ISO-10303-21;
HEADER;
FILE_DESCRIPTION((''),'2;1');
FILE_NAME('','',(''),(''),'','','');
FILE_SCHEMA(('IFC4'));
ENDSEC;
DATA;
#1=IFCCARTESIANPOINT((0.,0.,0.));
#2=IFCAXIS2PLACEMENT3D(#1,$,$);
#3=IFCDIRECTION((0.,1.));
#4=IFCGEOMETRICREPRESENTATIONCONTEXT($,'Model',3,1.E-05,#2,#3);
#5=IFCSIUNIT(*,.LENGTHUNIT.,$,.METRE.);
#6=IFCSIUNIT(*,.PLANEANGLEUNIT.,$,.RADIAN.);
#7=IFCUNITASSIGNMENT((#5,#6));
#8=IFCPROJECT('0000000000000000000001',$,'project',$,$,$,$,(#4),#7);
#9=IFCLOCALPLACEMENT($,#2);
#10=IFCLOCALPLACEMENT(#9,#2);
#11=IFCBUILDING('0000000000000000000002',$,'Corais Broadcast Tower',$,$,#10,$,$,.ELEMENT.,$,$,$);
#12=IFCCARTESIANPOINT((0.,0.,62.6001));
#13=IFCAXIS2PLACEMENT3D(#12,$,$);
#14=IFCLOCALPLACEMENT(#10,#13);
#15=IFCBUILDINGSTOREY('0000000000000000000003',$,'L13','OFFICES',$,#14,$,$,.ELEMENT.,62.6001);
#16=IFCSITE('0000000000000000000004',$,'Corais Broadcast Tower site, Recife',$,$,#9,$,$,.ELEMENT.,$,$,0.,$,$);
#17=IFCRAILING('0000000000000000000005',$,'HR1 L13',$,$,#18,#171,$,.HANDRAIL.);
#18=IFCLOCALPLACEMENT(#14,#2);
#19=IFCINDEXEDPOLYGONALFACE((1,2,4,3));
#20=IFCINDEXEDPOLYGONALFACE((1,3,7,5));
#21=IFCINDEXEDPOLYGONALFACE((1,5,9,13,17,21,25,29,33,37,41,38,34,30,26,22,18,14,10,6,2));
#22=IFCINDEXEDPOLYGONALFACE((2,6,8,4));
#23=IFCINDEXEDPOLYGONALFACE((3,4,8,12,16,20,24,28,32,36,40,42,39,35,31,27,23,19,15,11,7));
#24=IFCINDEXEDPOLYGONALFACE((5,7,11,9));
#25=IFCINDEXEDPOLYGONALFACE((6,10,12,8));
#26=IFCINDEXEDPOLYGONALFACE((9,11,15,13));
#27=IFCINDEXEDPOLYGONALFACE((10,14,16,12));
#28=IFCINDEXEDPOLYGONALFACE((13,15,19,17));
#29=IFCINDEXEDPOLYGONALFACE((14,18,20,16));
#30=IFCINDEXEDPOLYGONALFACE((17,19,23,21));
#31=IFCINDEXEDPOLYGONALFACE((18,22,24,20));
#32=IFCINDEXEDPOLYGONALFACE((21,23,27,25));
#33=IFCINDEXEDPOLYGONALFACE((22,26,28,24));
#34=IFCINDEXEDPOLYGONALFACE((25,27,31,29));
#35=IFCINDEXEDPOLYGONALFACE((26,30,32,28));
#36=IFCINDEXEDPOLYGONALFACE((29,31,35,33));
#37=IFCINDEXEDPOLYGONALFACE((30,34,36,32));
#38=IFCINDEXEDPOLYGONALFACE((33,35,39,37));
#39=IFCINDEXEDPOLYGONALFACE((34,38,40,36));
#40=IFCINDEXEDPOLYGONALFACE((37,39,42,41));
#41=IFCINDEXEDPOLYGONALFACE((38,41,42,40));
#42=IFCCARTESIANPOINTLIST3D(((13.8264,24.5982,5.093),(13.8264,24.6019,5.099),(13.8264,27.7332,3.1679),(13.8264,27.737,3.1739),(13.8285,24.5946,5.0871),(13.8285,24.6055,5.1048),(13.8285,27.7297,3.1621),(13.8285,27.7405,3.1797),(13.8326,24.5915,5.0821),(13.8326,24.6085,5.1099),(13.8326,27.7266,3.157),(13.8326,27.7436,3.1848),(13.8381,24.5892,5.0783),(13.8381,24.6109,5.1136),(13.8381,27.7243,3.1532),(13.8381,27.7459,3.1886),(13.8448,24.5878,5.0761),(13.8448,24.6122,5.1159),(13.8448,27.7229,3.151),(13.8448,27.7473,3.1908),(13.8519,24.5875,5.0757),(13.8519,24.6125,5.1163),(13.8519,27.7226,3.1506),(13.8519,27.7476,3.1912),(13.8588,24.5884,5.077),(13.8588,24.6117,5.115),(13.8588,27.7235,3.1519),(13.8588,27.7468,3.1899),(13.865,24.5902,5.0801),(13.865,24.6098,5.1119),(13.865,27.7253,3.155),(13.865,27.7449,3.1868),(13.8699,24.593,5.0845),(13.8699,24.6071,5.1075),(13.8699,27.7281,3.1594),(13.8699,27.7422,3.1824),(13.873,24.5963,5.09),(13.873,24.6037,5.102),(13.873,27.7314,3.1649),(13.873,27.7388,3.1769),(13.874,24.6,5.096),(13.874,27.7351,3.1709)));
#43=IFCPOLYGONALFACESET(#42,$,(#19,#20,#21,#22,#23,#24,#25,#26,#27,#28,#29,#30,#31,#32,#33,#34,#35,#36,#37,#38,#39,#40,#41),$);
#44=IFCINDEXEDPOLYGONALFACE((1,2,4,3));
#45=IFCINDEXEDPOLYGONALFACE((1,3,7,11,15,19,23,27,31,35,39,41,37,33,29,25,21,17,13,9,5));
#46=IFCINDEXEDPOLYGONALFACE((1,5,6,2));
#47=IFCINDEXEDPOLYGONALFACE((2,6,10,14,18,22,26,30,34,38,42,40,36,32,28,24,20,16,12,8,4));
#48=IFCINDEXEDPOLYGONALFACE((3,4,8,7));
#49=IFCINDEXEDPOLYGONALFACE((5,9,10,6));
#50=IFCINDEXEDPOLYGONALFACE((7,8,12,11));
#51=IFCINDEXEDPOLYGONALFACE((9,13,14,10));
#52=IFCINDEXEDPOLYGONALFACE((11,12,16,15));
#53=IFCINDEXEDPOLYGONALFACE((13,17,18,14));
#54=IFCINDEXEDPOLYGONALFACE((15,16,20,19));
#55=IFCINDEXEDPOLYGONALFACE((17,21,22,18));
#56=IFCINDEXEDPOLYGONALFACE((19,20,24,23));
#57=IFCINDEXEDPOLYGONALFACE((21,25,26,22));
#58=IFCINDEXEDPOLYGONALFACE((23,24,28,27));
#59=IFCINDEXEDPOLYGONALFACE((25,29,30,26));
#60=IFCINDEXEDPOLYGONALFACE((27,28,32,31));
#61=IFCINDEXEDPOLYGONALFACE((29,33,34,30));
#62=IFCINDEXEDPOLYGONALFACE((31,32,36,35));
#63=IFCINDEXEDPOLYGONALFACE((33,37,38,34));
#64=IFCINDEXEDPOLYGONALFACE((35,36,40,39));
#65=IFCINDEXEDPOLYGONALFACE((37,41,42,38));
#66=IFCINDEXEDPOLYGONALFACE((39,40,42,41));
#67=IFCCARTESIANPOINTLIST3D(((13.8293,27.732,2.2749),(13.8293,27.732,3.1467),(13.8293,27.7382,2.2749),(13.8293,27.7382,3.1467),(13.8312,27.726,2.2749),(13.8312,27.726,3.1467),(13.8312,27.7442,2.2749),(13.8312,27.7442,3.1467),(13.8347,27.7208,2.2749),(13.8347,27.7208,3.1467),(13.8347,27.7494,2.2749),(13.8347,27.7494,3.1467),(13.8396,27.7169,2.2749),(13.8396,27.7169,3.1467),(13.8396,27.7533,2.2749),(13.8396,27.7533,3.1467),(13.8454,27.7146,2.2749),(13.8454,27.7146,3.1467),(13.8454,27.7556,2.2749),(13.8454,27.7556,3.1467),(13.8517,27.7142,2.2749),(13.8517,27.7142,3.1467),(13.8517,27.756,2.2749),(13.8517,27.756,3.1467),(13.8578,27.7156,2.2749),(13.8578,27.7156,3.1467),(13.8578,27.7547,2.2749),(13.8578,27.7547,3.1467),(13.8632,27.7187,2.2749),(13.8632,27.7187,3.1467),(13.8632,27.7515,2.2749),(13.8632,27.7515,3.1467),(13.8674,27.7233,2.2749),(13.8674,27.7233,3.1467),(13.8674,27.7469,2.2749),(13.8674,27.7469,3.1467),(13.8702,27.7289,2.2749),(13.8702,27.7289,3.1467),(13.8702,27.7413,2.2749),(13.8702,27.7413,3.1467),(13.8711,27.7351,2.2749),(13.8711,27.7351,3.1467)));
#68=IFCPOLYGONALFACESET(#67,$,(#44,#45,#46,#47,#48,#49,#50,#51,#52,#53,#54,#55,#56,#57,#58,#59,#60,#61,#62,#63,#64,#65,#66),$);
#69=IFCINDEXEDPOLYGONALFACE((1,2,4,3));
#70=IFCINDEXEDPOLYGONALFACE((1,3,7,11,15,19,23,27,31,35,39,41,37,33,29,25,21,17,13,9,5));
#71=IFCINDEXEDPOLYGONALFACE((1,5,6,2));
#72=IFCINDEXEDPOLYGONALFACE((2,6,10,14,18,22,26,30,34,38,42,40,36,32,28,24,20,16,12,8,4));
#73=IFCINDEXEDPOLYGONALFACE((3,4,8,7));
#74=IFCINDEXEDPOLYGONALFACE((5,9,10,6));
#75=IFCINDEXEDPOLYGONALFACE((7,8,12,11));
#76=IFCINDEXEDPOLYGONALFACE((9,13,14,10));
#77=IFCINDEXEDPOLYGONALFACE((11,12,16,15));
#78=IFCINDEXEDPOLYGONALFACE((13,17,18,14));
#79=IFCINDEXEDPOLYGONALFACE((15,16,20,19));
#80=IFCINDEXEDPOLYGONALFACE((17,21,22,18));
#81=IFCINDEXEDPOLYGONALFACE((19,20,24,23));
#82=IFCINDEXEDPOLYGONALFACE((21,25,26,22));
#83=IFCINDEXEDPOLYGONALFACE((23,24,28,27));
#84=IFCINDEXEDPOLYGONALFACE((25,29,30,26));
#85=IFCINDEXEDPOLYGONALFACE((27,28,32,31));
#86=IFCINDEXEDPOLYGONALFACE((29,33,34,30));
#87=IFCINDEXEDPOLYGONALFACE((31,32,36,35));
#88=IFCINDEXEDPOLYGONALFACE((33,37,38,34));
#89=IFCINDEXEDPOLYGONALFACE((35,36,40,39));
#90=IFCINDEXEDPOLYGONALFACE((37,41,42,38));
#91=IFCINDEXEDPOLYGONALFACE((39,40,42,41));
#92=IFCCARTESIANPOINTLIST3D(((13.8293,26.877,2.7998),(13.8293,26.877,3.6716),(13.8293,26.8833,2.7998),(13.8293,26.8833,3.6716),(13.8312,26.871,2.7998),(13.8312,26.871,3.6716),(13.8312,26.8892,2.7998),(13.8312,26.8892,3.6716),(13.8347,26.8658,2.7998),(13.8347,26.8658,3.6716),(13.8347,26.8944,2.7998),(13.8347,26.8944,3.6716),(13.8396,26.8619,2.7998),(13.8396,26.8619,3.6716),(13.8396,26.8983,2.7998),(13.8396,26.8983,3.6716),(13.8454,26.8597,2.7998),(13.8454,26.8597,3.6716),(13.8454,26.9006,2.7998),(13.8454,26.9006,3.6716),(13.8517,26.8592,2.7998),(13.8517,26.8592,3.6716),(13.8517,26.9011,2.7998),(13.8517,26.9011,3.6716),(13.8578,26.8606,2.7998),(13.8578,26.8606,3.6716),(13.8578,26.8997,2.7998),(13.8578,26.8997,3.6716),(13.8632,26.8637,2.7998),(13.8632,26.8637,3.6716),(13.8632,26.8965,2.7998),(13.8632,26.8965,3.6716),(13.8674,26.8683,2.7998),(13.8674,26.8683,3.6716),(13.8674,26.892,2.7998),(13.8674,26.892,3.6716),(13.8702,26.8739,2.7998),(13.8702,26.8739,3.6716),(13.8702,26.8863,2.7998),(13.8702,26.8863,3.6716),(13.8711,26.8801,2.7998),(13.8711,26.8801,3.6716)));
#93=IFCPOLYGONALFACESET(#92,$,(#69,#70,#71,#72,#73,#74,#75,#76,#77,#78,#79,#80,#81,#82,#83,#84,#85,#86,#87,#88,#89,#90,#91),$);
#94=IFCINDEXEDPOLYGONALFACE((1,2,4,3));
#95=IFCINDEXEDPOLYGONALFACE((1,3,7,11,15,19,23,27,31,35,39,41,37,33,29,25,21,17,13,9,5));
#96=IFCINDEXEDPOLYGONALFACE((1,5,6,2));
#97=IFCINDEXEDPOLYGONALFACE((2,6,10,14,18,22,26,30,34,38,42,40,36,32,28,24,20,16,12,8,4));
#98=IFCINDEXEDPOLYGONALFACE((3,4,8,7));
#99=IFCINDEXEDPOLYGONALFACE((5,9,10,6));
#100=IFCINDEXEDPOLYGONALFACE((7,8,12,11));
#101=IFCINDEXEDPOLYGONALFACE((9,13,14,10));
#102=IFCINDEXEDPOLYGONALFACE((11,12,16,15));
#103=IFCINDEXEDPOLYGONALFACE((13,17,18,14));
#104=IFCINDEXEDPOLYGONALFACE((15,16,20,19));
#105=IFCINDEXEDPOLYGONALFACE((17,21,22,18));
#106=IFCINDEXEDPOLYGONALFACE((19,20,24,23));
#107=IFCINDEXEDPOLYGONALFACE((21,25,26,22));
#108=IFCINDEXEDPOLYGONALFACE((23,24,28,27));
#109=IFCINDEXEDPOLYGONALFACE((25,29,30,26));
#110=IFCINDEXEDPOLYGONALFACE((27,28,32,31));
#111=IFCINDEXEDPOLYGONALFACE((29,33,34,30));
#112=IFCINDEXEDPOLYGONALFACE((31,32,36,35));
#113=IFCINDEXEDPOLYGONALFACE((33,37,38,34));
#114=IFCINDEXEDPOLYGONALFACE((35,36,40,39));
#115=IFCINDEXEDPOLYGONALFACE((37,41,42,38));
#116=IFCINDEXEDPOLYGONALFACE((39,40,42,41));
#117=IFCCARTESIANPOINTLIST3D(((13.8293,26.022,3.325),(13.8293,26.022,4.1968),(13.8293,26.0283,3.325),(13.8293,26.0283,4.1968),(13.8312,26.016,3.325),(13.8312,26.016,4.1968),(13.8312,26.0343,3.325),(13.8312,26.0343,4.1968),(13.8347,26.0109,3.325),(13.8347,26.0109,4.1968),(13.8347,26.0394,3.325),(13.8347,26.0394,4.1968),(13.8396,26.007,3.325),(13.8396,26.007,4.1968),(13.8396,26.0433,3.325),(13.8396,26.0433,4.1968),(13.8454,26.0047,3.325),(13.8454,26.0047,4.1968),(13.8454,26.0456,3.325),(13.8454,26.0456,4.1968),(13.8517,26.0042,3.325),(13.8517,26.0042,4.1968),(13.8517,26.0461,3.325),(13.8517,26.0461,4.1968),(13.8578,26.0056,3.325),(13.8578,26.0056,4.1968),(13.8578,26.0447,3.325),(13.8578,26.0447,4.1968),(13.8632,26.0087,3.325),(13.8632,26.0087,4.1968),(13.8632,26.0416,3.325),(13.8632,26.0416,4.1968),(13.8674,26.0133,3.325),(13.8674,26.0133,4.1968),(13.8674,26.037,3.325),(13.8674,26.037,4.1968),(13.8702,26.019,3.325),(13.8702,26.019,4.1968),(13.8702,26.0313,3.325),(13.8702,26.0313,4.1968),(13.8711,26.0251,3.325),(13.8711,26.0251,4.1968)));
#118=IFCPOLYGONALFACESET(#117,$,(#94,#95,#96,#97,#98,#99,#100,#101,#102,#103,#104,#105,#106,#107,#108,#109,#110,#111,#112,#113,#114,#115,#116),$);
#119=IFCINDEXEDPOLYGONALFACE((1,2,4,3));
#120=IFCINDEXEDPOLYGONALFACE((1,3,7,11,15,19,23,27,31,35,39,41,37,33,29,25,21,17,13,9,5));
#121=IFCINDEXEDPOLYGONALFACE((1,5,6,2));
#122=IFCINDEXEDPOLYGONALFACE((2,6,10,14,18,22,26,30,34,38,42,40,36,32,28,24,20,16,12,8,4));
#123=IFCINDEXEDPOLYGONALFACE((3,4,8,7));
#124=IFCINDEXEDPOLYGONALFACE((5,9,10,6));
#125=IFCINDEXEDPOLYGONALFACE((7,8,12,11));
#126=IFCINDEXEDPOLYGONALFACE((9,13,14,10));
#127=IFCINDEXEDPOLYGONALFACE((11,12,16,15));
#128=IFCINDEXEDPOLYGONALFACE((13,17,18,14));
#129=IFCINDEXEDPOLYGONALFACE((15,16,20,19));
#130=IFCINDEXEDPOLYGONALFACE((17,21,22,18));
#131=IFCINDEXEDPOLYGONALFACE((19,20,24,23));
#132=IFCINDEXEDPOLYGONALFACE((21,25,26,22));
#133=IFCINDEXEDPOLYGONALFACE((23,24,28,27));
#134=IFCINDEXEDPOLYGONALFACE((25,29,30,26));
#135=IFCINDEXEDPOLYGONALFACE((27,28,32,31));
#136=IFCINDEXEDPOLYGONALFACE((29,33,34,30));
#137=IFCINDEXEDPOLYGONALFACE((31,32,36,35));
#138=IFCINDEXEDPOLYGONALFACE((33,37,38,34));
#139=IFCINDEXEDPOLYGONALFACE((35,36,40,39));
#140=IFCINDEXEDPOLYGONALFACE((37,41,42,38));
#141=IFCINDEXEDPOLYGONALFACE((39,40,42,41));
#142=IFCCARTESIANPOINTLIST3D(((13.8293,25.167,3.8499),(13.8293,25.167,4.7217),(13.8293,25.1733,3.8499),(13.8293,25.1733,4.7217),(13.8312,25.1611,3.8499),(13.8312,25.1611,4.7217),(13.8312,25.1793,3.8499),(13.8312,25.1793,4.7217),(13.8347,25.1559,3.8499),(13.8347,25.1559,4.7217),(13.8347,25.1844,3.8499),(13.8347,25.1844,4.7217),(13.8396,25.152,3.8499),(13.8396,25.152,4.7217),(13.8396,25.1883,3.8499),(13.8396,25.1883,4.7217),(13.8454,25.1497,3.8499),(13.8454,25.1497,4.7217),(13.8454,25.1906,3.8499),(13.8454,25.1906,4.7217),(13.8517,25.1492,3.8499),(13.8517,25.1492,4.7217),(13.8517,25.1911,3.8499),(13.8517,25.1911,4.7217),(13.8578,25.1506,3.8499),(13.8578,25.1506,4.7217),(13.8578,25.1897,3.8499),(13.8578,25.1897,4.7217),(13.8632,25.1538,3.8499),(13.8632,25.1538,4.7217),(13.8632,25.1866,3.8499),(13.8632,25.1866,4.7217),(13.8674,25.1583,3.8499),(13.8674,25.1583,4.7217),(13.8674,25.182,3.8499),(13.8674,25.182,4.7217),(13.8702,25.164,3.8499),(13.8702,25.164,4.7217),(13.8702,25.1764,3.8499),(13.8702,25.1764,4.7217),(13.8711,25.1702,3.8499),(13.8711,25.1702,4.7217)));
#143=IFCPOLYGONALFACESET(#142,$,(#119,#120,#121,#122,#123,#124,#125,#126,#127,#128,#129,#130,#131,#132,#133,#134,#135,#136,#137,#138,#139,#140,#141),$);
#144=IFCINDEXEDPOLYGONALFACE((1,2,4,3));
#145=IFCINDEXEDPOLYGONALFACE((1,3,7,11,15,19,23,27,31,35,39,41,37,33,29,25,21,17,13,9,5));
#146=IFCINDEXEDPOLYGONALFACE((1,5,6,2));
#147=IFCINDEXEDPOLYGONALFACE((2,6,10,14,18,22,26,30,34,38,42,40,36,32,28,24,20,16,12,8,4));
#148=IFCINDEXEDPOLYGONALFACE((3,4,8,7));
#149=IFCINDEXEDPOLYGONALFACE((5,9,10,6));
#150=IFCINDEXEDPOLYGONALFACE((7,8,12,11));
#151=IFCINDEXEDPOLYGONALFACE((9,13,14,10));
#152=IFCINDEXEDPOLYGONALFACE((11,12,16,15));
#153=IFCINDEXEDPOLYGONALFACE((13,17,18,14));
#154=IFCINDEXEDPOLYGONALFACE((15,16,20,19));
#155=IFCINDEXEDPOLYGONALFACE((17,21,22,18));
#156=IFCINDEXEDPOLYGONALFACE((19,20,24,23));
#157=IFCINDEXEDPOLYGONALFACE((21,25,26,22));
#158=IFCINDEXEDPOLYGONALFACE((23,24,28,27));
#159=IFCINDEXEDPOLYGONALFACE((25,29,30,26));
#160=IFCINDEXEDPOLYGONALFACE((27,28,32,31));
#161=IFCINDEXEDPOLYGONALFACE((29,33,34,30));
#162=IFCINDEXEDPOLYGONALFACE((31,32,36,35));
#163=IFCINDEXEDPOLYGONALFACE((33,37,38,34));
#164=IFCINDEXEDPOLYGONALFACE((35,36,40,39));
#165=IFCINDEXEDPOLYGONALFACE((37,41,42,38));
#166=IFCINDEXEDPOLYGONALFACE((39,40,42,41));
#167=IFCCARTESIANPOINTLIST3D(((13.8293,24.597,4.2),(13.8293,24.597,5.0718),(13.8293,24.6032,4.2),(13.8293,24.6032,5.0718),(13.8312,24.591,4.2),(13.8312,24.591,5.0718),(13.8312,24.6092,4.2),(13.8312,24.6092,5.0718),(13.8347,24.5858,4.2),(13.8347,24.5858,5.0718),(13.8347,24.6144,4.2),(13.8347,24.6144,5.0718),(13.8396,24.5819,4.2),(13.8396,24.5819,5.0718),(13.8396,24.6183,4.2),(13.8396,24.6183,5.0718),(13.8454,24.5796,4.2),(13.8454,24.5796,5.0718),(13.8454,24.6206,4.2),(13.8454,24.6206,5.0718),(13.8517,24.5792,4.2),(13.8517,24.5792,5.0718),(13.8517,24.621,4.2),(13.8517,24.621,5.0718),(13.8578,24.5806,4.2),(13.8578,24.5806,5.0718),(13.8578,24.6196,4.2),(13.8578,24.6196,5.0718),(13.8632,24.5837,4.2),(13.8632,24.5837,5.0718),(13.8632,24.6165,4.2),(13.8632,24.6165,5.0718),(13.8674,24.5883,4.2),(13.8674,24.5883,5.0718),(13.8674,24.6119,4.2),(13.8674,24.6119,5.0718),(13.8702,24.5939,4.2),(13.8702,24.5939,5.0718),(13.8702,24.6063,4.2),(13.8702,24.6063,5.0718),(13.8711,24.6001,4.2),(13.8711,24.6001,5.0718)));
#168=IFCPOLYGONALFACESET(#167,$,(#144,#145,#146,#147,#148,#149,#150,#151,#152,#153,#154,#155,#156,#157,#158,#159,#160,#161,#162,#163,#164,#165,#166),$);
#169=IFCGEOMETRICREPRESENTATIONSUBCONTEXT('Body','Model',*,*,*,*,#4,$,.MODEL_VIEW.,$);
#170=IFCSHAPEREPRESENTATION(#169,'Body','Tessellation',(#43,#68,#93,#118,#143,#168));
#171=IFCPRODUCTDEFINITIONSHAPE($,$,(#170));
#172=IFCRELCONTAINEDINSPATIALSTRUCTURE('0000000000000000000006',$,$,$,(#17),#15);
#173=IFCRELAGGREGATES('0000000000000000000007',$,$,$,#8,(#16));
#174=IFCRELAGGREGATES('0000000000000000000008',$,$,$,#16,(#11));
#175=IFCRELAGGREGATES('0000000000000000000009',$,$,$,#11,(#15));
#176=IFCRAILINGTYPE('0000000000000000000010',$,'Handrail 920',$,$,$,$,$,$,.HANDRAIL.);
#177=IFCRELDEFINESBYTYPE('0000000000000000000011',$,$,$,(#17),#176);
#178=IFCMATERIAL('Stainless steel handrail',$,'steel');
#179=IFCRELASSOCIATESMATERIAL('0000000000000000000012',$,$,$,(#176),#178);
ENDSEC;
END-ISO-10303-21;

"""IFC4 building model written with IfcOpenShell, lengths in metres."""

from ifc_helpers import new_model, si_unit, direction, frame, origin, origin_2d, place, context, subcontext, project, spatial, circle, extrude, material, type_object, element, save


model = new_model("IFC4")

# Units and contexts
model_context = context("Model", 3, precision=1e-05, world=origin(), true_north=direction((0.0, 1.0)))
body_context = subcontext(model_context, "Body", "Model", "MODEL_VIEW")
ifc_project = project(units=[si_unit("LENGTHUNIT", "METRE"), si_unit("PLANEANGLEUNIT", "RADIAN")], contexts=[model_context])

# Site, building, storey
site_placement = place(None, origin())
site = spatial("IfcSite", under=ifc_project, at=site_placement, Name="Corais Broadcast Tower site, Recife", CompositionType="ELEMENT", RefElevation=0.0)
building_placement = place(site_placement, origin())
building = spatial("IfcBuilding", under=site, at=building_placement, Name="Corais Broadcast Tower", CompositionType="ELEMENT")
storey_placement = place(building_placement, frame((0.0, 0.0, 62.6001)))
storey = spatial("IfcBuildingStorey", under=building, at=storey_placement, Name="L13", Description="OFFICES", CompositionType="ELEMENT", Elevation=62.6001)

# Railing
ifc_material_1 = material(Name="Stainless steel handrail", Category="steel")
railing_type = type_object("IfcRailingType", Name="Handrail 920", PredefinedType="HANDRAIL", material=ifc_material_1)
for number, where, name in (
    (1, (13.8501, 27.7351, 2.2749), "HR1 L13"),
):
    element("IfcRailing", number, at=place(storey_placement, frame(where)), inside=storey, type_object=railing_type, Name=name, PredefinedType="HANDRAIL", context=body_context, shape_type="SweptSolid", body=[
        extrude(circle(Radius=0.0239, at=origin_2d()), frame((0.0, 0.0, 0.896), z_axis=(0.0, -0.852166, 0.523271), x_axis=(1.0, 0.0, 0.0)), (0.0, 0.0, 1.0), 3.679),
        extrude(circle(Radius=0.021, at=origin_2d()), origin(), (0.0, 0.0, 1.0), 0.8718),
        extrude(circle(Radius=0.021, at=origin_2d()), frame((0.0, -0.855, 0.5249)), (0.0, 0.0, 1.0), 0.8718),
        extrude(circle(Radius=0.021, at=origin_2d()), frame((0.0, -1.71, 1.05)), (0.0, 0.0, 1.0), 0.8718),
        extrude(circle(Radius=0.021, at=origin_2d()), frame((0.0, -2.5649, 1.575)), (0.0, 0.0, 1.0), 0.8718),
        extrude(circle(Radius=0.021, at=origin_2d()), frame((0.0, -3.135, 1.925)), (0.0, 0.0, 1.0), 0.8718),
    ])

save(model, "model.ifc")
